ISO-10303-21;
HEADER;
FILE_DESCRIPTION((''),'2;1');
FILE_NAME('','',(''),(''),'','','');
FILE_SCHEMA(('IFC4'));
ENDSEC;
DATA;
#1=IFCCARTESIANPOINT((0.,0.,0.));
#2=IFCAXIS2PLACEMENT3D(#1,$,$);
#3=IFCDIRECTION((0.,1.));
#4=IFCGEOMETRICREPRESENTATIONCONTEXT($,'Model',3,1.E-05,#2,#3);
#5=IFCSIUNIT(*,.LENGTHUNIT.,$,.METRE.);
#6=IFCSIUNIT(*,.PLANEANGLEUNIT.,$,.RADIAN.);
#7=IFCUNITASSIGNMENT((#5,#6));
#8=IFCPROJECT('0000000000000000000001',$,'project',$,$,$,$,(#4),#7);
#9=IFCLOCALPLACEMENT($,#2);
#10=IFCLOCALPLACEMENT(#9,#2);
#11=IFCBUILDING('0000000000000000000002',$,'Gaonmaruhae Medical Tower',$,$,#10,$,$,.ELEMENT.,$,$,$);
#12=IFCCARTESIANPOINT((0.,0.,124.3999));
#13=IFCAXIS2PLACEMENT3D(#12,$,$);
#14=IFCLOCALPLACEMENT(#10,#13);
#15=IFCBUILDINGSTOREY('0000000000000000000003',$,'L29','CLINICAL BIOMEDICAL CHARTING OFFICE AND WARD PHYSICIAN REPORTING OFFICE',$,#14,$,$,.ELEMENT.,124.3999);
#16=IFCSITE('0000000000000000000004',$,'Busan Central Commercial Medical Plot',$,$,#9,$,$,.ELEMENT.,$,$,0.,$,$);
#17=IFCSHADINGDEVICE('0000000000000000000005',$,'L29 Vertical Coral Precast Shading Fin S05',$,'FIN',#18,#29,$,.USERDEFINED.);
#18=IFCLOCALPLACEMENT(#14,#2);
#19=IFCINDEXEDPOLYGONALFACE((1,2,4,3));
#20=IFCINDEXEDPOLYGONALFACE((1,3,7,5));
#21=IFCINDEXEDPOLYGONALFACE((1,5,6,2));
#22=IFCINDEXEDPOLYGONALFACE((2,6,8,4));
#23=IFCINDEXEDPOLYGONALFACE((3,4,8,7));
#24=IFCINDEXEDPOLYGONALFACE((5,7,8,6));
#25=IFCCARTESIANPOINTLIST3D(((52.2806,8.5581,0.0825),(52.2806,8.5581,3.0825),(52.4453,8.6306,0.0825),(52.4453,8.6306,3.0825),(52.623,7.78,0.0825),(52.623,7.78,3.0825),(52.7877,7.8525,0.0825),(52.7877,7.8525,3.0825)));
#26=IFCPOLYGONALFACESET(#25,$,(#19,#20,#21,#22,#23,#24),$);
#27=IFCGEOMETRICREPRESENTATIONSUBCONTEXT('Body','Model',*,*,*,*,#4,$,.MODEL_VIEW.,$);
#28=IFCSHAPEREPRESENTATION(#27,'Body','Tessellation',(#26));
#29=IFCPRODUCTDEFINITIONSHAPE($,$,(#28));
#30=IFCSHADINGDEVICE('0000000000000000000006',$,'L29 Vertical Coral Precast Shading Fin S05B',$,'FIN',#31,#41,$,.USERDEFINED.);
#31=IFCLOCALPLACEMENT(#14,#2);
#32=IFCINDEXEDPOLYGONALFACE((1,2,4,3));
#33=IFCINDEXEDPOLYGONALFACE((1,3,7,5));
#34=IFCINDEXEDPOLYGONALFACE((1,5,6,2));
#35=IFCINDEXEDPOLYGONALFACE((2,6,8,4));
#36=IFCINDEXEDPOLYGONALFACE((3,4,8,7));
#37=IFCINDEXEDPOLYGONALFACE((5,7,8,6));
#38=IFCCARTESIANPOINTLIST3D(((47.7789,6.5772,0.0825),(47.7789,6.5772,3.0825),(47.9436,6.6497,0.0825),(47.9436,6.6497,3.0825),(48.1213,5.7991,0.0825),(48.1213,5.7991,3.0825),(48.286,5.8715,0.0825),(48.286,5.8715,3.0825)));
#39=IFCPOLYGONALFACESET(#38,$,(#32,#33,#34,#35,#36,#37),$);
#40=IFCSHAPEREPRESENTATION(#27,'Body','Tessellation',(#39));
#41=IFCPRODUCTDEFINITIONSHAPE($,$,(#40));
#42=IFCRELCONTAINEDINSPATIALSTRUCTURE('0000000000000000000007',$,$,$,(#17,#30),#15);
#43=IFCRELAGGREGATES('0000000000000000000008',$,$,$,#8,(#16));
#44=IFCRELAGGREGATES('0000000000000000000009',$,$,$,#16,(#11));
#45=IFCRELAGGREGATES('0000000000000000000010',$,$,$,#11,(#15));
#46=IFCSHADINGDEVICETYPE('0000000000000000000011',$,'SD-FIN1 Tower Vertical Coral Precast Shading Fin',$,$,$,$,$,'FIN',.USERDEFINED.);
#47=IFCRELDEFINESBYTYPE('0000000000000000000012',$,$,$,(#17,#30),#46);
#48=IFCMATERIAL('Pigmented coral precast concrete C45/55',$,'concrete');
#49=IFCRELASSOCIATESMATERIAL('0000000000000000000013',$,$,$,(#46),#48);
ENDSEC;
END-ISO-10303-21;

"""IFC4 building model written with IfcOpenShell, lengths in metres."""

from ifc_helpers import new_model, si_unit, direction, frame, origin, origin_2d, place, context, subcontext, project, spatial, rectangle, extrude, material, type_object, element, save


model = new_model("IFC4")

# Units and contexts
model_context = context("Model", 3, precision=1e-05, world=origin(), true_north=direction((0.0, 1.0)))
body_context = subcontext(model_context, "Body", "Model", "MODEL_VIEW")
ifc_project = project(units=[si_unit("LENGTHUNIT", "METRE"), si_unit("PLANEANGLEUNIT", "RADIAN")], contexts=[model_context])

# Site, building, storey
site_placement = place(None, origin())
site = spatial("IfcSite", under=ifc_project, at=site_placement, Name="Busan Central Commercial Medical Plot", CompositionType="ELEMENT", RefElevation=0.0)
building_placement = place(site_placement, origin())
building = spatial("IfcBuilding", under=site, at=building_placement, Name="Gaonmaruhae Medical Tower", CompositionType="ELEMENT")
storey_placement = place(building_placement, frame((0.0, 0.0, 124.3999)))
storey = spatial("IfcBuildingStorey", under=building, at=storey_placement, Name="L29", Description="CLINICAL BIOMEDICAL CHARTING OFFICE AND WARD PHYSICIAN REPORTING OFFICE", CompositionType="ELEMENT", Elevation=124.3999)

# Shading devices
ifc_material_1 = material(Name="Pigmented coral precast concrete C45/55", Category="concrete")
shading_device_type = type_object("IfcShadingDeviceType", Name="SD-FIN1 Tower Vertical Coral Precast Shading Fin", ElementType="FIN", PredefinedType="USERDEFINED", material=ifc_material_1)
for number, where, z_axis, x_axis, name in (
    (1, (52.5342, 8.2053, 0.0825), (0.0, 0.0, 1.0), (-0.915311, -0.402747, 0.0), "L29 Vertical Coral Precast Shading Fin S05"),
    (2, (48.0325, 6.2244, 0.0825), (0.0, 0.0, 1.0), (-0.915311, -0.402747, 0.0), "L29 Vertical Coral Precast Shading Fin S05B"),
):
    element("IfcShadingDevice", number, at=place(storey_placement, frame(where, z_axis=z_axis, x_axis=x_axis)), inside=storey, type_object=shading_device_type, Name=name, ObjectType="FIN", PredefinedType="USERDEFINED", context=body_context, shape_type="SweptSolid", body=[
        extrude(rectangle(XDim=0.1799, YDim=0.8501, at=origin_2d()), origin(), (0.0, 0.0, 1.0), 3.0),
    ])

save(model, "model.ifc")
